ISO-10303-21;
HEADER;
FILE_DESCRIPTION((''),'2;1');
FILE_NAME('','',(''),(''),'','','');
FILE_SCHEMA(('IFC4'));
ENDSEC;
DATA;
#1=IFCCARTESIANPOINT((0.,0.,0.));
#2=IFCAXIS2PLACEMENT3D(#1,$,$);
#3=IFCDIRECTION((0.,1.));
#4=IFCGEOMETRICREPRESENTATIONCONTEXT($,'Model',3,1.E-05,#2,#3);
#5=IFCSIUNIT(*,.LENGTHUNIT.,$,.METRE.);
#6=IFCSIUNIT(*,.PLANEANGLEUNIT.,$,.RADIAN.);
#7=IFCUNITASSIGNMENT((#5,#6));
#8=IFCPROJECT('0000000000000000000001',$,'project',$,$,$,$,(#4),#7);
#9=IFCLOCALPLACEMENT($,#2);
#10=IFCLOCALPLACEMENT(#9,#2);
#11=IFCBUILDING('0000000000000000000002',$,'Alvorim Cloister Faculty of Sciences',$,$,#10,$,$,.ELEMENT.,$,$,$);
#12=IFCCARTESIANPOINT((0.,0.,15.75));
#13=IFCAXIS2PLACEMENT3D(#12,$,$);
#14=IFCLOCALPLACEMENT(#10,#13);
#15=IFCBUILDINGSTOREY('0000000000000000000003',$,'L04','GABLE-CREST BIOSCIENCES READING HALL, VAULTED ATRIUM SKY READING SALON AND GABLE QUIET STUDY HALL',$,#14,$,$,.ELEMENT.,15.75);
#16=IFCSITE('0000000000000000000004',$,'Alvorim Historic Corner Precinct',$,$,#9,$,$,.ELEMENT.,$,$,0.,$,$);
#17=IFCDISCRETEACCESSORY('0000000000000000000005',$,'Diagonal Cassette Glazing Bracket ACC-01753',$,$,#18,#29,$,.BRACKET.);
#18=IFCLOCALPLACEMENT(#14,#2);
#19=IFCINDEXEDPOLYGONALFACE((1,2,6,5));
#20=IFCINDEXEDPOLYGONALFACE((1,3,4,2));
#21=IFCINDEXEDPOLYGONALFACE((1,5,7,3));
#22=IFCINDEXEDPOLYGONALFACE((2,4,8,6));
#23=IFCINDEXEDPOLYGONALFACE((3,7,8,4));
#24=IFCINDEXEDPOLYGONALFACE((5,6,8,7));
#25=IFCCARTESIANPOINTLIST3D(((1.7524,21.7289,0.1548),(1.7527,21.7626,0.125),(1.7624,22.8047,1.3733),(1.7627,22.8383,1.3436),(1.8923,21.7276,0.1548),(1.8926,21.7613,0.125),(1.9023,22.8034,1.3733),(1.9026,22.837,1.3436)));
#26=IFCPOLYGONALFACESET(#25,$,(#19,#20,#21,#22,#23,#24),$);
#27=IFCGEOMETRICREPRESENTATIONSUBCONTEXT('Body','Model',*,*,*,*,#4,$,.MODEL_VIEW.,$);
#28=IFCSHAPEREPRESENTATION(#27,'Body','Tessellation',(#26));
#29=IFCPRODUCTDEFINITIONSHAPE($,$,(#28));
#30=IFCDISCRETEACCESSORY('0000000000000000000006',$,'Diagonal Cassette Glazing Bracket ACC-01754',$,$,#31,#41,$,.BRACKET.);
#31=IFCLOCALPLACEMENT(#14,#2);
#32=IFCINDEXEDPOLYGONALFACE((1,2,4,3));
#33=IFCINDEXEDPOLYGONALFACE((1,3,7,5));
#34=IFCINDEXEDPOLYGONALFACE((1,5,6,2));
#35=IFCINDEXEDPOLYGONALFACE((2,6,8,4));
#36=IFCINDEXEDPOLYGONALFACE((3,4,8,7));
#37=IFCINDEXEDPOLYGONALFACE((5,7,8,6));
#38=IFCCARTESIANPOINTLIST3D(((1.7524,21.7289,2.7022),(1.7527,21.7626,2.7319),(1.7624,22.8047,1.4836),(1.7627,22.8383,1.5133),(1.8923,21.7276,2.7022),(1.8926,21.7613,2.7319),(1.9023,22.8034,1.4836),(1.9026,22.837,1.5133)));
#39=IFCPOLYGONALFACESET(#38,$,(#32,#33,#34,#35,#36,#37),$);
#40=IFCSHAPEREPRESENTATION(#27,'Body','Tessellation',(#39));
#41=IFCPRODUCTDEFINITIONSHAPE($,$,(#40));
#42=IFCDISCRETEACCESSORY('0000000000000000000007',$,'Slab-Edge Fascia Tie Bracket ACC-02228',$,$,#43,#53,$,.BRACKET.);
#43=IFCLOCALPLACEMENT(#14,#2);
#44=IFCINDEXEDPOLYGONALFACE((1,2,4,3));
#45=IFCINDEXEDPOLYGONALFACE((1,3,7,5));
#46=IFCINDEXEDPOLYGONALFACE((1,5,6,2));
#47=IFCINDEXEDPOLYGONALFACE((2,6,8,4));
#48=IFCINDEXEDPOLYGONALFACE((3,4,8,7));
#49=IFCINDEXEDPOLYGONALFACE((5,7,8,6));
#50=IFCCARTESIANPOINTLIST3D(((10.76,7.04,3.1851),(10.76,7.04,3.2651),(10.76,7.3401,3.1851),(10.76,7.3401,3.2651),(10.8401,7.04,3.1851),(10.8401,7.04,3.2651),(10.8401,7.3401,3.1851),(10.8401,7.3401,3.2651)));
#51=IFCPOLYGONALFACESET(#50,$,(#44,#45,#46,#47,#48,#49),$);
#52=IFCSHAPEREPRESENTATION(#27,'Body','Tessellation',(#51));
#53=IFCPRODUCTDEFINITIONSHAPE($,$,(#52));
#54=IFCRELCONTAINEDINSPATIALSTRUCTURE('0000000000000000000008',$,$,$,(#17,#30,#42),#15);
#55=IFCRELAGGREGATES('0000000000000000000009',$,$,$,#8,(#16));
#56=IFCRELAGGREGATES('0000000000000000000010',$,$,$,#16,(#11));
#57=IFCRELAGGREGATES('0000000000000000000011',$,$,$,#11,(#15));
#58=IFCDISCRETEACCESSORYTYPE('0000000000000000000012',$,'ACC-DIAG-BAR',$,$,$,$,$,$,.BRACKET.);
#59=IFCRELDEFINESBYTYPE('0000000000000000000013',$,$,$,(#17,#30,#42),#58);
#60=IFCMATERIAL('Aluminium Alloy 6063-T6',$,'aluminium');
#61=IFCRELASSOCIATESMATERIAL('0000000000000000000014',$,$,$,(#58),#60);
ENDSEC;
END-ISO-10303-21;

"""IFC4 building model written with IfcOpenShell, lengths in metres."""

from ifc_helpers import new_model, si_unit, direction, frame, origin, origin_2d, place, context, subcontext, project, spatial, rectangle, extrude, material, type_object, element, save


model = new_model("IFC4")

# Units and contexts
model_context = context("Model", 3, precision=1e-05, world=origin(), true_north=direction((0.0, 1.0)))
body_context = subcontext(model_context, "Body", "Model", "MODEL_VIEW")
ifc_project = project(units=[si_unit("LENGTHUNIT", "METRE"), si_unit("PLANEANGLEUNIT", "RADIAN")], contexts=[model_context])

# Site, building, storey
site_placement = place(None, origin())
site = spatial("IfcSite", under=ifc_project, at=site_placement, Name="Alvorim Historic Corner Precinct", CompositionType="ELEMENT", RefElevation=0.0)
building_placement = place(site_placement, origin())
building = spatial("IfcBuilding", under=site, at=building_placement, Name="Alvorim Cloister Faculty of Sciences", CompositionType="ELEMENT")
storey_placement = place(building_placement, frame((0.0, 0.0, 15.75)))
storey = spatial("IfcBuildingStorey", under=building, at=storey_placement, Name="L04", Description="GABLE-CREST BIOSCIENCES READING HALL, VAULTED ATRIUM SKY READING SALON AND GABLE QUIET STUDY HALL", CompositionType="ELEMENT", Elevation=15.75)

# Shared definitions
ifc_material_1 = material(Name="Aluminium Alloy 6063-T6", Category="aluminium")

# Discrete accessories
discrete_accessory_type = type_object("IfcDiscreteAccessoryType", Name="ACC-DIAG-BAR", PredefinedType="BRACKET", material=ifc_material_1)
for number, where, z_axis, x_axis, name in (
    (1, (1.8225, 21.7451, 0.1399), (0.006158, 0.661793, 0.749661), (-0.999957, 0.009305, 0.0), "Diagonal Cassette Glazing Bracket ACC-01753"),
    (2, (1.8225, 21.7451, 2.717), (0.006158, 0.661793, -0.749661), (-0.999957, 0.009305, 0.0), "Diagonal Cassette Glazing Bracket ACC-01754"),
):
    element("IfcDiscreteAccessory", number, at=place(storey_placement, frame(where, z_axis=z_axis, x_axis=x_axis)), inside=storey, type_object=discrete_accessory_type, Name=name, PredefinedType="BRACKET", context=body_context, shape_type="SweptSolid", body=[
        extrude(rectangle(XDim=0.1399, YDim=0.0449, at=origin_2d()), origin(), (0.0, 0.0, 1.0), 1.6255),
    ])
discrete_accessory_placement = place(storey_placement, frame((10.8, 7.3401, 3.2251), z_axis=(0.0, -1.0, 0.0), x_axis=(1.0, 0.0, 0.0)))
element("IfcDiscreteAccessory", 3, at=discrete_accessory_placement, inside=storey, type_object=discrete_accessory_type, Name="Slab-Edge Fascia Tie Bracket ACC-02228", PredefinedType="BRACKET", context=body_context, shape_type="SweptSolid", body=[
    extrude(rectangle(XDim=0.0801, YDim=0.0801, at=origin_2d()), origin(), (0.0, 0.0, 1.0), 0.3),
])

save(model, "model.ifc")
